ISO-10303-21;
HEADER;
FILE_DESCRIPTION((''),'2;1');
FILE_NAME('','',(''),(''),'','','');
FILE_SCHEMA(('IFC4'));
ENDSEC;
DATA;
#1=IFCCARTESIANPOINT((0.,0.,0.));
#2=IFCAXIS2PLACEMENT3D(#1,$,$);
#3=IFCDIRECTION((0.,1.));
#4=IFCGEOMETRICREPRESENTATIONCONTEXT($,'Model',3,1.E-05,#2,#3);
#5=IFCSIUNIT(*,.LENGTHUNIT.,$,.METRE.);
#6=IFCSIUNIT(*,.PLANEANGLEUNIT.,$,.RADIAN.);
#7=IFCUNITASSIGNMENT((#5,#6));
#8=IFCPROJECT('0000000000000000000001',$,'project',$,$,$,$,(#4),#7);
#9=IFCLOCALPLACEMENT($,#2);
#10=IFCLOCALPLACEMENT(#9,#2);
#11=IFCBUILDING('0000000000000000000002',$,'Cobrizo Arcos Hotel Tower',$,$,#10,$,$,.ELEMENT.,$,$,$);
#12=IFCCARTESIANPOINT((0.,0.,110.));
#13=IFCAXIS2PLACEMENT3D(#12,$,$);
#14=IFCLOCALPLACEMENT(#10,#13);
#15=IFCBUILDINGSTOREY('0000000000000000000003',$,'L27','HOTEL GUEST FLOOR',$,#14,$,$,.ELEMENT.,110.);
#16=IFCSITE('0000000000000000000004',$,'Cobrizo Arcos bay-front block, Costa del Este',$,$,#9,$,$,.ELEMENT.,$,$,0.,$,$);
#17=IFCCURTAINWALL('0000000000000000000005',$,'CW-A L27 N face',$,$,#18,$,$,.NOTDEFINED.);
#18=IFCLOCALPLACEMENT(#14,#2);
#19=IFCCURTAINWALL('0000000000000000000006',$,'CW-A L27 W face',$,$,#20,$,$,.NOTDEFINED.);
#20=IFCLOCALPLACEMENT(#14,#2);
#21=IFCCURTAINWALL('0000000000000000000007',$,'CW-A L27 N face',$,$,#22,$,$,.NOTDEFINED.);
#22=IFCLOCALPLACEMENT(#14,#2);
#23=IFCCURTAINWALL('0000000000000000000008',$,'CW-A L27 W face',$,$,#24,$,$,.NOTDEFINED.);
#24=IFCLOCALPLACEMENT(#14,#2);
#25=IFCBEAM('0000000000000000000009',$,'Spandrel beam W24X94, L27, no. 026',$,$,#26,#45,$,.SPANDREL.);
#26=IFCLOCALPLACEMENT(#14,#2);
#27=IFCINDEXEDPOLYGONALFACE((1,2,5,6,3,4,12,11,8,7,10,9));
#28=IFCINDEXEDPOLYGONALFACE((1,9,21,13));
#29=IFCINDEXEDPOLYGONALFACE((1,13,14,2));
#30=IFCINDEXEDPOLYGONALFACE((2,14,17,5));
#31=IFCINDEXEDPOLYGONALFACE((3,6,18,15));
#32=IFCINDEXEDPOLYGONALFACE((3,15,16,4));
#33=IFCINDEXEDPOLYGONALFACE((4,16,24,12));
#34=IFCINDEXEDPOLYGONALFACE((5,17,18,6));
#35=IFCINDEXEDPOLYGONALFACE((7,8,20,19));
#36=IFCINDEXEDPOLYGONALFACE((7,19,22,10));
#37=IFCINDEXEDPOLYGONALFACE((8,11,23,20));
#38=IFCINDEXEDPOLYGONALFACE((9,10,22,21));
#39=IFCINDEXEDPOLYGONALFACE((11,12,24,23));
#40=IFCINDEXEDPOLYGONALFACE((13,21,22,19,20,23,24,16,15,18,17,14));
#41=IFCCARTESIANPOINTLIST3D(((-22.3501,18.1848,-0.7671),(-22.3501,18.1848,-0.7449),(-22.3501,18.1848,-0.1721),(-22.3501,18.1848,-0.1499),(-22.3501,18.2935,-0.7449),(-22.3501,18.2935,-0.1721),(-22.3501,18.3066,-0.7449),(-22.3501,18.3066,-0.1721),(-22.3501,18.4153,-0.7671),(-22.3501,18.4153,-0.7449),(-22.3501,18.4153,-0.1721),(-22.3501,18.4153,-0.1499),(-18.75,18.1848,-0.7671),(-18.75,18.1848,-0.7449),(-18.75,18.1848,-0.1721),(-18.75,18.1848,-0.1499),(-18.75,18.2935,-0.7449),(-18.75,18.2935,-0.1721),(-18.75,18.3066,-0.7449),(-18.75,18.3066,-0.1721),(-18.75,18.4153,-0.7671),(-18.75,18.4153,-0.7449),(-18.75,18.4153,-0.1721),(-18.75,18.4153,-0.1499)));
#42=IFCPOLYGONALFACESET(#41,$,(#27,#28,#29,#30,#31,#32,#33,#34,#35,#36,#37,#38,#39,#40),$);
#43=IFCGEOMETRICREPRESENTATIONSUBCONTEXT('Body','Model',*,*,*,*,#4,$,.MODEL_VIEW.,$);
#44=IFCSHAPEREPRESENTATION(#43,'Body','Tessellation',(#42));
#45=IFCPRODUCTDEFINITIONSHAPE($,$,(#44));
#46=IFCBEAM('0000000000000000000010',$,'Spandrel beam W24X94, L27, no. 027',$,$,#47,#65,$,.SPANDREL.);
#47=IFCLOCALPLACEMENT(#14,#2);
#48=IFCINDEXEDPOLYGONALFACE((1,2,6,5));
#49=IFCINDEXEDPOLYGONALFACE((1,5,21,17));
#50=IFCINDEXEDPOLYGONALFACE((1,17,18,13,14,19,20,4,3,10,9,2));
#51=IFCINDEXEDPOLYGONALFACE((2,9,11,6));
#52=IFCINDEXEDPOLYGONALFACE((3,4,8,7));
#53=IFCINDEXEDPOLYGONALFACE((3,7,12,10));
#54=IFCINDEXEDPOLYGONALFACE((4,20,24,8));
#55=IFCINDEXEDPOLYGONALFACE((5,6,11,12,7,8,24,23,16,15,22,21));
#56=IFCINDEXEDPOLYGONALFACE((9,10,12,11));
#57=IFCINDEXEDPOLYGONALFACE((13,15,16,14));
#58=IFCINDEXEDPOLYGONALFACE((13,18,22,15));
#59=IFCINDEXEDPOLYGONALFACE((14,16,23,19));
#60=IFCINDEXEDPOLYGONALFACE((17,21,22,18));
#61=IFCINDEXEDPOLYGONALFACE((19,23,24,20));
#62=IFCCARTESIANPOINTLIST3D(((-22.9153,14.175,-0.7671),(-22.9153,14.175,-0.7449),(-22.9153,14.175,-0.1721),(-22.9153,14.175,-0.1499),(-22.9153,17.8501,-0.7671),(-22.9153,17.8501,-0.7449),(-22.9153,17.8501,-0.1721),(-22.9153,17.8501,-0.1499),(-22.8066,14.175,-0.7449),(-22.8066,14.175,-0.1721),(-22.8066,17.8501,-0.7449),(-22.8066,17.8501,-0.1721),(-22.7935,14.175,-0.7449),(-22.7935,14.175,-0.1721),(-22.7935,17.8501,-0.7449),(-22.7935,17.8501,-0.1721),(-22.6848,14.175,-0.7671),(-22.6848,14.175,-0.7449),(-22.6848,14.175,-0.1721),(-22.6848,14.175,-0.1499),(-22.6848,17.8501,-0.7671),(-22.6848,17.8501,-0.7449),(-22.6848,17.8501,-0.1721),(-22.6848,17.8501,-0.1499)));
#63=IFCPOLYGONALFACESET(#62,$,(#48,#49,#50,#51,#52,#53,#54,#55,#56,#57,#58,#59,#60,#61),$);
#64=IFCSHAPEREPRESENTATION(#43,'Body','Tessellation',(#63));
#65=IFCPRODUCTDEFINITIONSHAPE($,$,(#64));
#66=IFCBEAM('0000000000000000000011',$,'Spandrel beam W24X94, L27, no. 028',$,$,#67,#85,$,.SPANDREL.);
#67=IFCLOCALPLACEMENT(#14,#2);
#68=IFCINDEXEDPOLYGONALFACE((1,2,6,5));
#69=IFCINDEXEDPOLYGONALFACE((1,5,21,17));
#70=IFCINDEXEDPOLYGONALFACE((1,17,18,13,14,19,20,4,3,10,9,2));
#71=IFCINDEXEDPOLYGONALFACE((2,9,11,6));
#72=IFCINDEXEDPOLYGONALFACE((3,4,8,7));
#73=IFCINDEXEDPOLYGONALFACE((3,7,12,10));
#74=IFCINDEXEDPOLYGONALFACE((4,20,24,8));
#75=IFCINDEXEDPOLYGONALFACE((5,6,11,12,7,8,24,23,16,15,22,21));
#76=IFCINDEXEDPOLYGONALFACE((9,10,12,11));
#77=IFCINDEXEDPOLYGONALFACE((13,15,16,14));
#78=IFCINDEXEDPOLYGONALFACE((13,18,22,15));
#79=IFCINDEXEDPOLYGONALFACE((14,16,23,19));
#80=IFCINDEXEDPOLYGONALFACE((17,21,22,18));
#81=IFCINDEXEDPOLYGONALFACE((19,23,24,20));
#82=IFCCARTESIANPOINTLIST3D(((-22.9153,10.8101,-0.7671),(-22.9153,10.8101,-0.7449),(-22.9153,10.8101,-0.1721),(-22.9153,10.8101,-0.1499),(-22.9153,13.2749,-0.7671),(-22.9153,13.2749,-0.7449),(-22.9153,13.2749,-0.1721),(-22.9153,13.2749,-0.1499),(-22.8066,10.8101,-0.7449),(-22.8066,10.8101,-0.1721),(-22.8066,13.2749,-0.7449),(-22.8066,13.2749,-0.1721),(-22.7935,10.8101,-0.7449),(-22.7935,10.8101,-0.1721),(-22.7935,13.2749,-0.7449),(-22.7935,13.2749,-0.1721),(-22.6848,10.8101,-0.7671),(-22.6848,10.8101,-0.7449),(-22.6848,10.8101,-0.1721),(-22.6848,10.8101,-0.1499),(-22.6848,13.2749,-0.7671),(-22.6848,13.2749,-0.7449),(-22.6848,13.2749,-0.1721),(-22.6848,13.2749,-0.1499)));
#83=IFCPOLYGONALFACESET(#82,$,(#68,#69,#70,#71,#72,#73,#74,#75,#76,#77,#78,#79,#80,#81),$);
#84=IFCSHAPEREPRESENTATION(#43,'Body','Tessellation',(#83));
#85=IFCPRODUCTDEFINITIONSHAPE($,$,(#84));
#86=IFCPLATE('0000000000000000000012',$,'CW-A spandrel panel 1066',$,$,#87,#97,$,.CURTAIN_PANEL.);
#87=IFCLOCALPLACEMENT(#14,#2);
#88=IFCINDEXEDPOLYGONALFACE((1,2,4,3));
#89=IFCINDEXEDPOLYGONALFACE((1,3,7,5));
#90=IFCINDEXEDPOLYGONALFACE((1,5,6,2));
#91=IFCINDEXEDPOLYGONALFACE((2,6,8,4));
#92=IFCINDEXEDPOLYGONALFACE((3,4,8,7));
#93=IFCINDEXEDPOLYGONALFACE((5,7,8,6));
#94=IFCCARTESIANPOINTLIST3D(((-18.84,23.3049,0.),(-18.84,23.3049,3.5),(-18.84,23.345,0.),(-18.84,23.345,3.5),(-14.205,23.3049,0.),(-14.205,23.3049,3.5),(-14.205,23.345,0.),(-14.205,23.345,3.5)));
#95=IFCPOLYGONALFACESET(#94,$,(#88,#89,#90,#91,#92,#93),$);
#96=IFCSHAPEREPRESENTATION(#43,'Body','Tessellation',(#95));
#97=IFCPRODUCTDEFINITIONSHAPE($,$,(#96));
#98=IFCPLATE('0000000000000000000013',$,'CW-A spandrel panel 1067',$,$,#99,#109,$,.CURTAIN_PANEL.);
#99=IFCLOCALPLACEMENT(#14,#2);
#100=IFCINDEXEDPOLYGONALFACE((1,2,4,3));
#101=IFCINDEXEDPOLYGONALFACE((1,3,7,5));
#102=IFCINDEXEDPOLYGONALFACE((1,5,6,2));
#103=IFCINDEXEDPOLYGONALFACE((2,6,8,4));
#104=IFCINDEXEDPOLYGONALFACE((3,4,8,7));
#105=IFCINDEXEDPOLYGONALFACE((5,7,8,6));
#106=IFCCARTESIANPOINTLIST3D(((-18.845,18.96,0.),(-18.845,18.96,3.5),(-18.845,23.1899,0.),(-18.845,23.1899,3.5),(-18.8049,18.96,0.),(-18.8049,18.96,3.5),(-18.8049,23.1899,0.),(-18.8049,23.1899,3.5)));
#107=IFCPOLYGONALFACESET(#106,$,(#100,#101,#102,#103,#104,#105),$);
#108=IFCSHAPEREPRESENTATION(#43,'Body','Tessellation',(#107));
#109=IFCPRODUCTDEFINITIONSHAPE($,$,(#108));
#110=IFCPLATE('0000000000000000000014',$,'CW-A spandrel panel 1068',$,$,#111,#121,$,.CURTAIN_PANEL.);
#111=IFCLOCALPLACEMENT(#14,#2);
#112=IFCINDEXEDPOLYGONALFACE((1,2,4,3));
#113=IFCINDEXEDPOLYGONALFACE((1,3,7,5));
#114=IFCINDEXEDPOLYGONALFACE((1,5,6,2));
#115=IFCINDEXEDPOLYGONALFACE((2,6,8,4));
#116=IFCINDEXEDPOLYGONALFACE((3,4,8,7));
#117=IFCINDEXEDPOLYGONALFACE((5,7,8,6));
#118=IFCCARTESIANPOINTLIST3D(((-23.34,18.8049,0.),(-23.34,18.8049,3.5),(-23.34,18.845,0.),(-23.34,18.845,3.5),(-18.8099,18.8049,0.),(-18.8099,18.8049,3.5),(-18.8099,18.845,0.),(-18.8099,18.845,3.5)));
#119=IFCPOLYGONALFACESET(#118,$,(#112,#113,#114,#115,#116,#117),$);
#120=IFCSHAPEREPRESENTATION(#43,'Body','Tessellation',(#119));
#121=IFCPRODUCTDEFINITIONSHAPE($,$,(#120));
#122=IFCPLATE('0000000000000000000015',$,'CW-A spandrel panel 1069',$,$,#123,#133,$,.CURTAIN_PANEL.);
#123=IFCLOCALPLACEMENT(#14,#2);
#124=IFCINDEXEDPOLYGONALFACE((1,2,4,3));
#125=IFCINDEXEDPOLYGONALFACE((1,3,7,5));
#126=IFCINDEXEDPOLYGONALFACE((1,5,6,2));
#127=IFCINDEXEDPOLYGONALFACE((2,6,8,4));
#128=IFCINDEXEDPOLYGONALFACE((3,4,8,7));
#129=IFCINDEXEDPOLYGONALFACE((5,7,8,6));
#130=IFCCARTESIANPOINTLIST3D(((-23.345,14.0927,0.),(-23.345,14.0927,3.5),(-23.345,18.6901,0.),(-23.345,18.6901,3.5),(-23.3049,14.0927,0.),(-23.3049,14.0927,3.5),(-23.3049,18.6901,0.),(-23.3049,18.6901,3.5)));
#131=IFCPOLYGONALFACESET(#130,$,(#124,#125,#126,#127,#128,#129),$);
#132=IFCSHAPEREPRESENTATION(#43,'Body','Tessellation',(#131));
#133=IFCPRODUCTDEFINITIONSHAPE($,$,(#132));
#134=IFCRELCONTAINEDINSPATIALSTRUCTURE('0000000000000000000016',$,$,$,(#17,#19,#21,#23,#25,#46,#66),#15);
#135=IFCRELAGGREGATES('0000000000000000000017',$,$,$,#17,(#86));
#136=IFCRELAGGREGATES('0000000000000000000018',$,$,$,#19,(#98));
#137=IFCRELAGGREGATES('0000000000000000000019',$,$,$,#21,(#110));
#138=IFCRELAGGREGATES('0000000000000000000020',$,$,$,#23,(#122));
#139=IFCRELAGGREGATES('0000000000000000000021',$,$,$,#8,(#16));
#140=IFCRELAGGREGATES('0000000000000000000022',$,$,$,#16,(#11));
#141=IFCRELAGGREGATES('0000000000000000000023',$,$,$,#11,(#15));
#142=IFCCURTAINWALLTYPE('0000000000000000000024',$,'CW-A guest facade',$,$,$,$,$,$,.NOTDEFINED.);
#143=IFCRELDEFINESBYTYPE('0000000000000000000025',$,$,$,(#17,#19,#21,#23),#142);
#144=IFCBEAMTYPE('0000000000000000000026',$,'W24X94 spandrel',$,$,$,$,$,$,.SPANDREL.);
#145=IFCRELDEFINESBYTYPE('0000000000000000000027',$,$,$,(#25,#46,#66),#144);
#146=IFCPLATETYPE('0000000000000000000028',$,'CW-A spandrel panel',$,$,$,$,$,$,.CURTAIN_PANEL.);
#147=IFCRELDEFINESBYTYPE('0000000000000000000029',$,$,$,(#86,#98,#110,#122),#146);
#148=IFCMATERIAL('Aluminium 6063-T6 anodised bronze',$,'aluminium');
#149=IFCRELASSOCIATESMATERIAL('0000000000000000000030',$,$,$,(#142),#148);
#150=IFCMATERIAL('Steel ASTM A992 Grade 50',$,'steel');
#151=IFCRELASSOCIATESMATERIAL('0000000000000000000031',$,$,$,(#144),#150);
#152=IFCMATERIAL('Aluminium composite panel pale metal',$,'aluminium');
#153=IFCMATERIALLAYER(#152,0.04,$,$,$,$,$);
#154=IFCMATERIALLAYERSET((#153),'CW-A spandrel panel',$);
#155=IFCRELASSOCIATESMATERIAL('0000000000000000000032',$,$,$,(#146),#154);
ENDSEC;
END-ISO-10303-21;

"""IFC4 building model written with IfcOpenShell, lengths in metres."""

from ifc_helpers import new_model, si_unit, direction, frame, origin, origin_2d, place, context, subcontext, project, spatial, rectangle, i_section, extrude, material, layer, layer_set, material_profile, profile_set, type_object, element, aggregate, save


model = new_model("IFC4")

# Units and contexts
model_context = context("Model", 3, precision=1e-05, world=origin(), true_north=direction((0.0, 1.0)))
body_context = subcontext(model_context, "Body", "Model", "MODEL_VIEW")
ifc_project = project(units=[si_unit("LENGTHUNIT", "METRE"), si_unit("PLANEANGLEUNIT", "RADIAN")], contexts=[model_context])

# Site, building, storey
site_placement = place(None, origin())
site = spatial("IfcSite", under=ifc_project, at=site_placement, Name="Cobrizo Arcos bay-front block, Costa del Este", CompositionType="ELEMENT", RefElevation=0.0)
building_placement = place(site_placement, origin())
building = spatial("IfcBuilding", under=site, at=building_placement, Name="Cobrizo Arcos Hotel Tower", CompositionType="ELEMENT")
storey_placement = place(building_placement, frame((0.0, 0.0, 110.0)))
storey = spatial("IfcBuildingStorey", under=building, at=storey_placement, Name="L27", Description="HOTEL GUEST FLOOR", CompositionType="ELEMENT", Elevation=110.0)

# Curtain wall
ifc_material_1 = material(Name="Aluminium 6063-T6 anodised bronze", Category="aluminium")
curtain_wall_type = type_object("IfcCurtainWallType", Name="CW-A guest facade", PredefinedType="NOTDEFINED", material=ifc_material_1)
curtain_wall_1_placement = place(storey_placement, origin())
curtain_wall_1 = element("IfcCurtainWall", 1, at=curtain_wall_1_placement, inside=storey, type_object=curtain_wall_type, Name="CW-A L27 N face", PredefinedType="NOTDEFINED")

# Curtain walls
curtain_wall_2_placement = place(storey_placement, origin())
curtain_wall_2 = element("IfcCurtainWall", 2, at=curtain_wall_2_placement, inside=storey, type_object=curtain_wall_type, Name="CW-A L27 W face", PredefinedType="NOTDEFINED")
curtain_wall_3_placement = place(storey_placement, origin())
curtain_wall_3 = element("IfcCurtainWall", 3, at=curtain_wall_3_placement, inside=storey, type_object=curtain_wall_type, Name="CW-A L27 N face", PredefinedType="NOTDEFINED")
curtain_wall_4_placement = place(storey_placement, origin())
curtain_wall_4 = element("IfcCurtainWall", 4, at=curtain_wall_4_placement, inside=storey, type_object=curtain_wall_type, Name="CW-A L27 W face", PredefinedType="NOTDEFINED")

# Beams
ifc_material_2 = material(Name="Steel ASTM A992 Grade 50", Category="steel")
ifc_material_profile_1 = material_profile(ifc_material_2, i_section(OverallWidth=0.2305, OverallDepth=0.6172, WebThickness=0.0132, FlangeThickness=0.0222, at=origin_2d()), Name="W24X94")
ifc_profile_set_1 = profile_set([ifc_material_profile_1], Name="Steel ASTM A992 Grade 50")
beam_type = type_object("IfcBeamType", Name="W24X94 spandrel", PredefinedType="SPANDREL", material=ifc_profile_set_1)
for number, where, z_axis, x_axis, name in (
    (5, (-18.75, 18.3, -0.4585), (-1.0, 0.0, 0.0), (0.0, -1.0, 0.0), "Spandrel beam W24X94, L27, no. 026"),
):
    element("IfcBeam", number, at=place(storey_placement, frame(where, z_axis=z_axis, x_axis=x_axis)), inside=storey, type_object=beam_type, Name=name, PredefinedType="SPANDREL", context=body_context, shape_type="SweptSolid", body=[
        extrude(i_section(OverallWidth=0.2305, OverallDepth=0.6172, WebThickness=0.0132, FlangeThickness=0.0222, at=origin_2d()), origin(), (0.0, 0.0, 1.0), 3.6001),
    ])
beam_1_placement = place(storey_placement, frame((-22.8, 17.8501, -0.4585), z_axis=(0.0, -1.0, 0.0), x_axis=(1.0, 0.0, 0.0)))
element("IfcBeam", 6, at=beam_1_placement, inside=storey, type_object=beam_type, Name="Spandrel beam W24X94, L27, no. 027", PredefinedType="SPANDREL", context=body_context, shape_type="SweptSolid", body=[
    extrude(i_section(OverallWidth=0.2305, OverallDepth=0.6172, WebThickness=0.0132, FlangeThickness=0.0222, at=origin_2d()), origin(), (0.0, 0.0, 1.0), 3.675),
])
beam_2_placement = place(storey_placement, frame((-22.8, 13.2749, -0.4585), z_axis=(0.0, -1.0, 0.0), x_axis=(1.0, 0.0, 0.0)))
element("IfcBeam", 7, at=beam_2_placement, inside=storey, type_object=beam_type, Name="Spandrel beam W24X94, L27, no. 028", PredefinedType="SPANDREL", context=body_context, shape_type="SweptSolid", body=[
    extrude(i_section(OverallWidth=0.2305, OverallDepth=0.6172, WebThickness=0.0132, FlangeThickness=0.0222, at=origin_2d()), origin(), (0.0, 0.0, 1.0), 2.4648),
])

# Plates
ifc_material_3 = material(Name="Aluminium composite panel pale metal", Category="aluminium")
ifc_layer_1 = layer(ifc_material_3, 0.04)
ifc_layer_set_1 = layer_set([ifc_layer_1], Name="CW-A spandrel panel")
plate_type = type_object("IfcPlateType", Name="CW-A spandrel panel", PredefinedType="CURTAIN_PANEL", material=ifc_layer_set_1)
plate_1_placement = place(storey_placement, frame((-16.5225, 23.325, 0.0), z_axis=(0.0, 0.0, 1.0), x_axis=(-1.0, 0.0, 0.0)))
plate_1 = element("IfcPlate", 8, at=plate_1_placement, type_object=plate_type, Name="CW-A spandrel panel 1066", PredefinedType="CURTAIN_PANEL", context=body_context, shape_type="SweptSolid", body=[
    extrude(rectangle(XDim=4.635, YDim=0.04, at=origin_2d()), origin(), (0.0, 0.0, 1.0), 3.5),
])
aggregate(curtain_wall_1, [plate_1])
plate_2_placement = place(storey_placement, frame((-18.825, 21.075, 0.0), z_axis=(0.0, 0.0, 1.0), x_axis=(0.0, -1.0, 0.0)))
plate_2 = element("IfcPlate", 9, at=plate_2_placement, type_object=plate_type, Name="CW-A spandrel panel 1067", PredefinedType="CURTAIN_PANEL", context=body_context, shape_type="SweptSolid", body=[
    extrude(rectangle(XDim=4.23, YDim=0.04, at=origin_2d()), origin(), (0.0, 0.0, 1.0), 3.5),
])
aggregate(curtain_wall_2, [plate_2])
plate_3_placement = place(storey_placement, frame((-21.075, 18.825, 0.0), z_axis=(0.0, 0.0, 1.0), x_axis=(-1.0, 0.0, 0.0)))
plate_3 = element("IfcPlate", 10, at=plate_3_placement, type_object=plate_type, Name="CW-A spandrel panel 1068", PredefinedType="CURTAIN_PANEL", context=body_context, shape_type="SweptSolid", body=[
    extrude(rectangle(XDim=4.53, YDim=0.04, at=origin_2d()), origin(), (0.0, 0.0, 1.0), 3.5),
])
aggregate(curtain_wall_3, [plate_3])
plate_4_placement = place(storey_placement, frame((-23.325, 16.3914, 0.0), z_axis=(0.0, 0.0, 1.0), x_axis=(0.0, -1.0, 0.0)))
plate_4 = element("IfcPlate", 11, at=plate_4_placement, type_object=plate_type, Name="CW-A spandrel panel 1069", PredefinedType="CURTAIN_PANEL", context=body_context, shape_type="SweptSolid", body=[
    extrude(rectangle(XDim=4.5974, YDim=0.04, at=origin_2d()), origin(), (0.0, 0.0, 1.0), 3.5),
])
aggregate(curtain_wall_4, [plate_4])

save(model, "model.ifc")
